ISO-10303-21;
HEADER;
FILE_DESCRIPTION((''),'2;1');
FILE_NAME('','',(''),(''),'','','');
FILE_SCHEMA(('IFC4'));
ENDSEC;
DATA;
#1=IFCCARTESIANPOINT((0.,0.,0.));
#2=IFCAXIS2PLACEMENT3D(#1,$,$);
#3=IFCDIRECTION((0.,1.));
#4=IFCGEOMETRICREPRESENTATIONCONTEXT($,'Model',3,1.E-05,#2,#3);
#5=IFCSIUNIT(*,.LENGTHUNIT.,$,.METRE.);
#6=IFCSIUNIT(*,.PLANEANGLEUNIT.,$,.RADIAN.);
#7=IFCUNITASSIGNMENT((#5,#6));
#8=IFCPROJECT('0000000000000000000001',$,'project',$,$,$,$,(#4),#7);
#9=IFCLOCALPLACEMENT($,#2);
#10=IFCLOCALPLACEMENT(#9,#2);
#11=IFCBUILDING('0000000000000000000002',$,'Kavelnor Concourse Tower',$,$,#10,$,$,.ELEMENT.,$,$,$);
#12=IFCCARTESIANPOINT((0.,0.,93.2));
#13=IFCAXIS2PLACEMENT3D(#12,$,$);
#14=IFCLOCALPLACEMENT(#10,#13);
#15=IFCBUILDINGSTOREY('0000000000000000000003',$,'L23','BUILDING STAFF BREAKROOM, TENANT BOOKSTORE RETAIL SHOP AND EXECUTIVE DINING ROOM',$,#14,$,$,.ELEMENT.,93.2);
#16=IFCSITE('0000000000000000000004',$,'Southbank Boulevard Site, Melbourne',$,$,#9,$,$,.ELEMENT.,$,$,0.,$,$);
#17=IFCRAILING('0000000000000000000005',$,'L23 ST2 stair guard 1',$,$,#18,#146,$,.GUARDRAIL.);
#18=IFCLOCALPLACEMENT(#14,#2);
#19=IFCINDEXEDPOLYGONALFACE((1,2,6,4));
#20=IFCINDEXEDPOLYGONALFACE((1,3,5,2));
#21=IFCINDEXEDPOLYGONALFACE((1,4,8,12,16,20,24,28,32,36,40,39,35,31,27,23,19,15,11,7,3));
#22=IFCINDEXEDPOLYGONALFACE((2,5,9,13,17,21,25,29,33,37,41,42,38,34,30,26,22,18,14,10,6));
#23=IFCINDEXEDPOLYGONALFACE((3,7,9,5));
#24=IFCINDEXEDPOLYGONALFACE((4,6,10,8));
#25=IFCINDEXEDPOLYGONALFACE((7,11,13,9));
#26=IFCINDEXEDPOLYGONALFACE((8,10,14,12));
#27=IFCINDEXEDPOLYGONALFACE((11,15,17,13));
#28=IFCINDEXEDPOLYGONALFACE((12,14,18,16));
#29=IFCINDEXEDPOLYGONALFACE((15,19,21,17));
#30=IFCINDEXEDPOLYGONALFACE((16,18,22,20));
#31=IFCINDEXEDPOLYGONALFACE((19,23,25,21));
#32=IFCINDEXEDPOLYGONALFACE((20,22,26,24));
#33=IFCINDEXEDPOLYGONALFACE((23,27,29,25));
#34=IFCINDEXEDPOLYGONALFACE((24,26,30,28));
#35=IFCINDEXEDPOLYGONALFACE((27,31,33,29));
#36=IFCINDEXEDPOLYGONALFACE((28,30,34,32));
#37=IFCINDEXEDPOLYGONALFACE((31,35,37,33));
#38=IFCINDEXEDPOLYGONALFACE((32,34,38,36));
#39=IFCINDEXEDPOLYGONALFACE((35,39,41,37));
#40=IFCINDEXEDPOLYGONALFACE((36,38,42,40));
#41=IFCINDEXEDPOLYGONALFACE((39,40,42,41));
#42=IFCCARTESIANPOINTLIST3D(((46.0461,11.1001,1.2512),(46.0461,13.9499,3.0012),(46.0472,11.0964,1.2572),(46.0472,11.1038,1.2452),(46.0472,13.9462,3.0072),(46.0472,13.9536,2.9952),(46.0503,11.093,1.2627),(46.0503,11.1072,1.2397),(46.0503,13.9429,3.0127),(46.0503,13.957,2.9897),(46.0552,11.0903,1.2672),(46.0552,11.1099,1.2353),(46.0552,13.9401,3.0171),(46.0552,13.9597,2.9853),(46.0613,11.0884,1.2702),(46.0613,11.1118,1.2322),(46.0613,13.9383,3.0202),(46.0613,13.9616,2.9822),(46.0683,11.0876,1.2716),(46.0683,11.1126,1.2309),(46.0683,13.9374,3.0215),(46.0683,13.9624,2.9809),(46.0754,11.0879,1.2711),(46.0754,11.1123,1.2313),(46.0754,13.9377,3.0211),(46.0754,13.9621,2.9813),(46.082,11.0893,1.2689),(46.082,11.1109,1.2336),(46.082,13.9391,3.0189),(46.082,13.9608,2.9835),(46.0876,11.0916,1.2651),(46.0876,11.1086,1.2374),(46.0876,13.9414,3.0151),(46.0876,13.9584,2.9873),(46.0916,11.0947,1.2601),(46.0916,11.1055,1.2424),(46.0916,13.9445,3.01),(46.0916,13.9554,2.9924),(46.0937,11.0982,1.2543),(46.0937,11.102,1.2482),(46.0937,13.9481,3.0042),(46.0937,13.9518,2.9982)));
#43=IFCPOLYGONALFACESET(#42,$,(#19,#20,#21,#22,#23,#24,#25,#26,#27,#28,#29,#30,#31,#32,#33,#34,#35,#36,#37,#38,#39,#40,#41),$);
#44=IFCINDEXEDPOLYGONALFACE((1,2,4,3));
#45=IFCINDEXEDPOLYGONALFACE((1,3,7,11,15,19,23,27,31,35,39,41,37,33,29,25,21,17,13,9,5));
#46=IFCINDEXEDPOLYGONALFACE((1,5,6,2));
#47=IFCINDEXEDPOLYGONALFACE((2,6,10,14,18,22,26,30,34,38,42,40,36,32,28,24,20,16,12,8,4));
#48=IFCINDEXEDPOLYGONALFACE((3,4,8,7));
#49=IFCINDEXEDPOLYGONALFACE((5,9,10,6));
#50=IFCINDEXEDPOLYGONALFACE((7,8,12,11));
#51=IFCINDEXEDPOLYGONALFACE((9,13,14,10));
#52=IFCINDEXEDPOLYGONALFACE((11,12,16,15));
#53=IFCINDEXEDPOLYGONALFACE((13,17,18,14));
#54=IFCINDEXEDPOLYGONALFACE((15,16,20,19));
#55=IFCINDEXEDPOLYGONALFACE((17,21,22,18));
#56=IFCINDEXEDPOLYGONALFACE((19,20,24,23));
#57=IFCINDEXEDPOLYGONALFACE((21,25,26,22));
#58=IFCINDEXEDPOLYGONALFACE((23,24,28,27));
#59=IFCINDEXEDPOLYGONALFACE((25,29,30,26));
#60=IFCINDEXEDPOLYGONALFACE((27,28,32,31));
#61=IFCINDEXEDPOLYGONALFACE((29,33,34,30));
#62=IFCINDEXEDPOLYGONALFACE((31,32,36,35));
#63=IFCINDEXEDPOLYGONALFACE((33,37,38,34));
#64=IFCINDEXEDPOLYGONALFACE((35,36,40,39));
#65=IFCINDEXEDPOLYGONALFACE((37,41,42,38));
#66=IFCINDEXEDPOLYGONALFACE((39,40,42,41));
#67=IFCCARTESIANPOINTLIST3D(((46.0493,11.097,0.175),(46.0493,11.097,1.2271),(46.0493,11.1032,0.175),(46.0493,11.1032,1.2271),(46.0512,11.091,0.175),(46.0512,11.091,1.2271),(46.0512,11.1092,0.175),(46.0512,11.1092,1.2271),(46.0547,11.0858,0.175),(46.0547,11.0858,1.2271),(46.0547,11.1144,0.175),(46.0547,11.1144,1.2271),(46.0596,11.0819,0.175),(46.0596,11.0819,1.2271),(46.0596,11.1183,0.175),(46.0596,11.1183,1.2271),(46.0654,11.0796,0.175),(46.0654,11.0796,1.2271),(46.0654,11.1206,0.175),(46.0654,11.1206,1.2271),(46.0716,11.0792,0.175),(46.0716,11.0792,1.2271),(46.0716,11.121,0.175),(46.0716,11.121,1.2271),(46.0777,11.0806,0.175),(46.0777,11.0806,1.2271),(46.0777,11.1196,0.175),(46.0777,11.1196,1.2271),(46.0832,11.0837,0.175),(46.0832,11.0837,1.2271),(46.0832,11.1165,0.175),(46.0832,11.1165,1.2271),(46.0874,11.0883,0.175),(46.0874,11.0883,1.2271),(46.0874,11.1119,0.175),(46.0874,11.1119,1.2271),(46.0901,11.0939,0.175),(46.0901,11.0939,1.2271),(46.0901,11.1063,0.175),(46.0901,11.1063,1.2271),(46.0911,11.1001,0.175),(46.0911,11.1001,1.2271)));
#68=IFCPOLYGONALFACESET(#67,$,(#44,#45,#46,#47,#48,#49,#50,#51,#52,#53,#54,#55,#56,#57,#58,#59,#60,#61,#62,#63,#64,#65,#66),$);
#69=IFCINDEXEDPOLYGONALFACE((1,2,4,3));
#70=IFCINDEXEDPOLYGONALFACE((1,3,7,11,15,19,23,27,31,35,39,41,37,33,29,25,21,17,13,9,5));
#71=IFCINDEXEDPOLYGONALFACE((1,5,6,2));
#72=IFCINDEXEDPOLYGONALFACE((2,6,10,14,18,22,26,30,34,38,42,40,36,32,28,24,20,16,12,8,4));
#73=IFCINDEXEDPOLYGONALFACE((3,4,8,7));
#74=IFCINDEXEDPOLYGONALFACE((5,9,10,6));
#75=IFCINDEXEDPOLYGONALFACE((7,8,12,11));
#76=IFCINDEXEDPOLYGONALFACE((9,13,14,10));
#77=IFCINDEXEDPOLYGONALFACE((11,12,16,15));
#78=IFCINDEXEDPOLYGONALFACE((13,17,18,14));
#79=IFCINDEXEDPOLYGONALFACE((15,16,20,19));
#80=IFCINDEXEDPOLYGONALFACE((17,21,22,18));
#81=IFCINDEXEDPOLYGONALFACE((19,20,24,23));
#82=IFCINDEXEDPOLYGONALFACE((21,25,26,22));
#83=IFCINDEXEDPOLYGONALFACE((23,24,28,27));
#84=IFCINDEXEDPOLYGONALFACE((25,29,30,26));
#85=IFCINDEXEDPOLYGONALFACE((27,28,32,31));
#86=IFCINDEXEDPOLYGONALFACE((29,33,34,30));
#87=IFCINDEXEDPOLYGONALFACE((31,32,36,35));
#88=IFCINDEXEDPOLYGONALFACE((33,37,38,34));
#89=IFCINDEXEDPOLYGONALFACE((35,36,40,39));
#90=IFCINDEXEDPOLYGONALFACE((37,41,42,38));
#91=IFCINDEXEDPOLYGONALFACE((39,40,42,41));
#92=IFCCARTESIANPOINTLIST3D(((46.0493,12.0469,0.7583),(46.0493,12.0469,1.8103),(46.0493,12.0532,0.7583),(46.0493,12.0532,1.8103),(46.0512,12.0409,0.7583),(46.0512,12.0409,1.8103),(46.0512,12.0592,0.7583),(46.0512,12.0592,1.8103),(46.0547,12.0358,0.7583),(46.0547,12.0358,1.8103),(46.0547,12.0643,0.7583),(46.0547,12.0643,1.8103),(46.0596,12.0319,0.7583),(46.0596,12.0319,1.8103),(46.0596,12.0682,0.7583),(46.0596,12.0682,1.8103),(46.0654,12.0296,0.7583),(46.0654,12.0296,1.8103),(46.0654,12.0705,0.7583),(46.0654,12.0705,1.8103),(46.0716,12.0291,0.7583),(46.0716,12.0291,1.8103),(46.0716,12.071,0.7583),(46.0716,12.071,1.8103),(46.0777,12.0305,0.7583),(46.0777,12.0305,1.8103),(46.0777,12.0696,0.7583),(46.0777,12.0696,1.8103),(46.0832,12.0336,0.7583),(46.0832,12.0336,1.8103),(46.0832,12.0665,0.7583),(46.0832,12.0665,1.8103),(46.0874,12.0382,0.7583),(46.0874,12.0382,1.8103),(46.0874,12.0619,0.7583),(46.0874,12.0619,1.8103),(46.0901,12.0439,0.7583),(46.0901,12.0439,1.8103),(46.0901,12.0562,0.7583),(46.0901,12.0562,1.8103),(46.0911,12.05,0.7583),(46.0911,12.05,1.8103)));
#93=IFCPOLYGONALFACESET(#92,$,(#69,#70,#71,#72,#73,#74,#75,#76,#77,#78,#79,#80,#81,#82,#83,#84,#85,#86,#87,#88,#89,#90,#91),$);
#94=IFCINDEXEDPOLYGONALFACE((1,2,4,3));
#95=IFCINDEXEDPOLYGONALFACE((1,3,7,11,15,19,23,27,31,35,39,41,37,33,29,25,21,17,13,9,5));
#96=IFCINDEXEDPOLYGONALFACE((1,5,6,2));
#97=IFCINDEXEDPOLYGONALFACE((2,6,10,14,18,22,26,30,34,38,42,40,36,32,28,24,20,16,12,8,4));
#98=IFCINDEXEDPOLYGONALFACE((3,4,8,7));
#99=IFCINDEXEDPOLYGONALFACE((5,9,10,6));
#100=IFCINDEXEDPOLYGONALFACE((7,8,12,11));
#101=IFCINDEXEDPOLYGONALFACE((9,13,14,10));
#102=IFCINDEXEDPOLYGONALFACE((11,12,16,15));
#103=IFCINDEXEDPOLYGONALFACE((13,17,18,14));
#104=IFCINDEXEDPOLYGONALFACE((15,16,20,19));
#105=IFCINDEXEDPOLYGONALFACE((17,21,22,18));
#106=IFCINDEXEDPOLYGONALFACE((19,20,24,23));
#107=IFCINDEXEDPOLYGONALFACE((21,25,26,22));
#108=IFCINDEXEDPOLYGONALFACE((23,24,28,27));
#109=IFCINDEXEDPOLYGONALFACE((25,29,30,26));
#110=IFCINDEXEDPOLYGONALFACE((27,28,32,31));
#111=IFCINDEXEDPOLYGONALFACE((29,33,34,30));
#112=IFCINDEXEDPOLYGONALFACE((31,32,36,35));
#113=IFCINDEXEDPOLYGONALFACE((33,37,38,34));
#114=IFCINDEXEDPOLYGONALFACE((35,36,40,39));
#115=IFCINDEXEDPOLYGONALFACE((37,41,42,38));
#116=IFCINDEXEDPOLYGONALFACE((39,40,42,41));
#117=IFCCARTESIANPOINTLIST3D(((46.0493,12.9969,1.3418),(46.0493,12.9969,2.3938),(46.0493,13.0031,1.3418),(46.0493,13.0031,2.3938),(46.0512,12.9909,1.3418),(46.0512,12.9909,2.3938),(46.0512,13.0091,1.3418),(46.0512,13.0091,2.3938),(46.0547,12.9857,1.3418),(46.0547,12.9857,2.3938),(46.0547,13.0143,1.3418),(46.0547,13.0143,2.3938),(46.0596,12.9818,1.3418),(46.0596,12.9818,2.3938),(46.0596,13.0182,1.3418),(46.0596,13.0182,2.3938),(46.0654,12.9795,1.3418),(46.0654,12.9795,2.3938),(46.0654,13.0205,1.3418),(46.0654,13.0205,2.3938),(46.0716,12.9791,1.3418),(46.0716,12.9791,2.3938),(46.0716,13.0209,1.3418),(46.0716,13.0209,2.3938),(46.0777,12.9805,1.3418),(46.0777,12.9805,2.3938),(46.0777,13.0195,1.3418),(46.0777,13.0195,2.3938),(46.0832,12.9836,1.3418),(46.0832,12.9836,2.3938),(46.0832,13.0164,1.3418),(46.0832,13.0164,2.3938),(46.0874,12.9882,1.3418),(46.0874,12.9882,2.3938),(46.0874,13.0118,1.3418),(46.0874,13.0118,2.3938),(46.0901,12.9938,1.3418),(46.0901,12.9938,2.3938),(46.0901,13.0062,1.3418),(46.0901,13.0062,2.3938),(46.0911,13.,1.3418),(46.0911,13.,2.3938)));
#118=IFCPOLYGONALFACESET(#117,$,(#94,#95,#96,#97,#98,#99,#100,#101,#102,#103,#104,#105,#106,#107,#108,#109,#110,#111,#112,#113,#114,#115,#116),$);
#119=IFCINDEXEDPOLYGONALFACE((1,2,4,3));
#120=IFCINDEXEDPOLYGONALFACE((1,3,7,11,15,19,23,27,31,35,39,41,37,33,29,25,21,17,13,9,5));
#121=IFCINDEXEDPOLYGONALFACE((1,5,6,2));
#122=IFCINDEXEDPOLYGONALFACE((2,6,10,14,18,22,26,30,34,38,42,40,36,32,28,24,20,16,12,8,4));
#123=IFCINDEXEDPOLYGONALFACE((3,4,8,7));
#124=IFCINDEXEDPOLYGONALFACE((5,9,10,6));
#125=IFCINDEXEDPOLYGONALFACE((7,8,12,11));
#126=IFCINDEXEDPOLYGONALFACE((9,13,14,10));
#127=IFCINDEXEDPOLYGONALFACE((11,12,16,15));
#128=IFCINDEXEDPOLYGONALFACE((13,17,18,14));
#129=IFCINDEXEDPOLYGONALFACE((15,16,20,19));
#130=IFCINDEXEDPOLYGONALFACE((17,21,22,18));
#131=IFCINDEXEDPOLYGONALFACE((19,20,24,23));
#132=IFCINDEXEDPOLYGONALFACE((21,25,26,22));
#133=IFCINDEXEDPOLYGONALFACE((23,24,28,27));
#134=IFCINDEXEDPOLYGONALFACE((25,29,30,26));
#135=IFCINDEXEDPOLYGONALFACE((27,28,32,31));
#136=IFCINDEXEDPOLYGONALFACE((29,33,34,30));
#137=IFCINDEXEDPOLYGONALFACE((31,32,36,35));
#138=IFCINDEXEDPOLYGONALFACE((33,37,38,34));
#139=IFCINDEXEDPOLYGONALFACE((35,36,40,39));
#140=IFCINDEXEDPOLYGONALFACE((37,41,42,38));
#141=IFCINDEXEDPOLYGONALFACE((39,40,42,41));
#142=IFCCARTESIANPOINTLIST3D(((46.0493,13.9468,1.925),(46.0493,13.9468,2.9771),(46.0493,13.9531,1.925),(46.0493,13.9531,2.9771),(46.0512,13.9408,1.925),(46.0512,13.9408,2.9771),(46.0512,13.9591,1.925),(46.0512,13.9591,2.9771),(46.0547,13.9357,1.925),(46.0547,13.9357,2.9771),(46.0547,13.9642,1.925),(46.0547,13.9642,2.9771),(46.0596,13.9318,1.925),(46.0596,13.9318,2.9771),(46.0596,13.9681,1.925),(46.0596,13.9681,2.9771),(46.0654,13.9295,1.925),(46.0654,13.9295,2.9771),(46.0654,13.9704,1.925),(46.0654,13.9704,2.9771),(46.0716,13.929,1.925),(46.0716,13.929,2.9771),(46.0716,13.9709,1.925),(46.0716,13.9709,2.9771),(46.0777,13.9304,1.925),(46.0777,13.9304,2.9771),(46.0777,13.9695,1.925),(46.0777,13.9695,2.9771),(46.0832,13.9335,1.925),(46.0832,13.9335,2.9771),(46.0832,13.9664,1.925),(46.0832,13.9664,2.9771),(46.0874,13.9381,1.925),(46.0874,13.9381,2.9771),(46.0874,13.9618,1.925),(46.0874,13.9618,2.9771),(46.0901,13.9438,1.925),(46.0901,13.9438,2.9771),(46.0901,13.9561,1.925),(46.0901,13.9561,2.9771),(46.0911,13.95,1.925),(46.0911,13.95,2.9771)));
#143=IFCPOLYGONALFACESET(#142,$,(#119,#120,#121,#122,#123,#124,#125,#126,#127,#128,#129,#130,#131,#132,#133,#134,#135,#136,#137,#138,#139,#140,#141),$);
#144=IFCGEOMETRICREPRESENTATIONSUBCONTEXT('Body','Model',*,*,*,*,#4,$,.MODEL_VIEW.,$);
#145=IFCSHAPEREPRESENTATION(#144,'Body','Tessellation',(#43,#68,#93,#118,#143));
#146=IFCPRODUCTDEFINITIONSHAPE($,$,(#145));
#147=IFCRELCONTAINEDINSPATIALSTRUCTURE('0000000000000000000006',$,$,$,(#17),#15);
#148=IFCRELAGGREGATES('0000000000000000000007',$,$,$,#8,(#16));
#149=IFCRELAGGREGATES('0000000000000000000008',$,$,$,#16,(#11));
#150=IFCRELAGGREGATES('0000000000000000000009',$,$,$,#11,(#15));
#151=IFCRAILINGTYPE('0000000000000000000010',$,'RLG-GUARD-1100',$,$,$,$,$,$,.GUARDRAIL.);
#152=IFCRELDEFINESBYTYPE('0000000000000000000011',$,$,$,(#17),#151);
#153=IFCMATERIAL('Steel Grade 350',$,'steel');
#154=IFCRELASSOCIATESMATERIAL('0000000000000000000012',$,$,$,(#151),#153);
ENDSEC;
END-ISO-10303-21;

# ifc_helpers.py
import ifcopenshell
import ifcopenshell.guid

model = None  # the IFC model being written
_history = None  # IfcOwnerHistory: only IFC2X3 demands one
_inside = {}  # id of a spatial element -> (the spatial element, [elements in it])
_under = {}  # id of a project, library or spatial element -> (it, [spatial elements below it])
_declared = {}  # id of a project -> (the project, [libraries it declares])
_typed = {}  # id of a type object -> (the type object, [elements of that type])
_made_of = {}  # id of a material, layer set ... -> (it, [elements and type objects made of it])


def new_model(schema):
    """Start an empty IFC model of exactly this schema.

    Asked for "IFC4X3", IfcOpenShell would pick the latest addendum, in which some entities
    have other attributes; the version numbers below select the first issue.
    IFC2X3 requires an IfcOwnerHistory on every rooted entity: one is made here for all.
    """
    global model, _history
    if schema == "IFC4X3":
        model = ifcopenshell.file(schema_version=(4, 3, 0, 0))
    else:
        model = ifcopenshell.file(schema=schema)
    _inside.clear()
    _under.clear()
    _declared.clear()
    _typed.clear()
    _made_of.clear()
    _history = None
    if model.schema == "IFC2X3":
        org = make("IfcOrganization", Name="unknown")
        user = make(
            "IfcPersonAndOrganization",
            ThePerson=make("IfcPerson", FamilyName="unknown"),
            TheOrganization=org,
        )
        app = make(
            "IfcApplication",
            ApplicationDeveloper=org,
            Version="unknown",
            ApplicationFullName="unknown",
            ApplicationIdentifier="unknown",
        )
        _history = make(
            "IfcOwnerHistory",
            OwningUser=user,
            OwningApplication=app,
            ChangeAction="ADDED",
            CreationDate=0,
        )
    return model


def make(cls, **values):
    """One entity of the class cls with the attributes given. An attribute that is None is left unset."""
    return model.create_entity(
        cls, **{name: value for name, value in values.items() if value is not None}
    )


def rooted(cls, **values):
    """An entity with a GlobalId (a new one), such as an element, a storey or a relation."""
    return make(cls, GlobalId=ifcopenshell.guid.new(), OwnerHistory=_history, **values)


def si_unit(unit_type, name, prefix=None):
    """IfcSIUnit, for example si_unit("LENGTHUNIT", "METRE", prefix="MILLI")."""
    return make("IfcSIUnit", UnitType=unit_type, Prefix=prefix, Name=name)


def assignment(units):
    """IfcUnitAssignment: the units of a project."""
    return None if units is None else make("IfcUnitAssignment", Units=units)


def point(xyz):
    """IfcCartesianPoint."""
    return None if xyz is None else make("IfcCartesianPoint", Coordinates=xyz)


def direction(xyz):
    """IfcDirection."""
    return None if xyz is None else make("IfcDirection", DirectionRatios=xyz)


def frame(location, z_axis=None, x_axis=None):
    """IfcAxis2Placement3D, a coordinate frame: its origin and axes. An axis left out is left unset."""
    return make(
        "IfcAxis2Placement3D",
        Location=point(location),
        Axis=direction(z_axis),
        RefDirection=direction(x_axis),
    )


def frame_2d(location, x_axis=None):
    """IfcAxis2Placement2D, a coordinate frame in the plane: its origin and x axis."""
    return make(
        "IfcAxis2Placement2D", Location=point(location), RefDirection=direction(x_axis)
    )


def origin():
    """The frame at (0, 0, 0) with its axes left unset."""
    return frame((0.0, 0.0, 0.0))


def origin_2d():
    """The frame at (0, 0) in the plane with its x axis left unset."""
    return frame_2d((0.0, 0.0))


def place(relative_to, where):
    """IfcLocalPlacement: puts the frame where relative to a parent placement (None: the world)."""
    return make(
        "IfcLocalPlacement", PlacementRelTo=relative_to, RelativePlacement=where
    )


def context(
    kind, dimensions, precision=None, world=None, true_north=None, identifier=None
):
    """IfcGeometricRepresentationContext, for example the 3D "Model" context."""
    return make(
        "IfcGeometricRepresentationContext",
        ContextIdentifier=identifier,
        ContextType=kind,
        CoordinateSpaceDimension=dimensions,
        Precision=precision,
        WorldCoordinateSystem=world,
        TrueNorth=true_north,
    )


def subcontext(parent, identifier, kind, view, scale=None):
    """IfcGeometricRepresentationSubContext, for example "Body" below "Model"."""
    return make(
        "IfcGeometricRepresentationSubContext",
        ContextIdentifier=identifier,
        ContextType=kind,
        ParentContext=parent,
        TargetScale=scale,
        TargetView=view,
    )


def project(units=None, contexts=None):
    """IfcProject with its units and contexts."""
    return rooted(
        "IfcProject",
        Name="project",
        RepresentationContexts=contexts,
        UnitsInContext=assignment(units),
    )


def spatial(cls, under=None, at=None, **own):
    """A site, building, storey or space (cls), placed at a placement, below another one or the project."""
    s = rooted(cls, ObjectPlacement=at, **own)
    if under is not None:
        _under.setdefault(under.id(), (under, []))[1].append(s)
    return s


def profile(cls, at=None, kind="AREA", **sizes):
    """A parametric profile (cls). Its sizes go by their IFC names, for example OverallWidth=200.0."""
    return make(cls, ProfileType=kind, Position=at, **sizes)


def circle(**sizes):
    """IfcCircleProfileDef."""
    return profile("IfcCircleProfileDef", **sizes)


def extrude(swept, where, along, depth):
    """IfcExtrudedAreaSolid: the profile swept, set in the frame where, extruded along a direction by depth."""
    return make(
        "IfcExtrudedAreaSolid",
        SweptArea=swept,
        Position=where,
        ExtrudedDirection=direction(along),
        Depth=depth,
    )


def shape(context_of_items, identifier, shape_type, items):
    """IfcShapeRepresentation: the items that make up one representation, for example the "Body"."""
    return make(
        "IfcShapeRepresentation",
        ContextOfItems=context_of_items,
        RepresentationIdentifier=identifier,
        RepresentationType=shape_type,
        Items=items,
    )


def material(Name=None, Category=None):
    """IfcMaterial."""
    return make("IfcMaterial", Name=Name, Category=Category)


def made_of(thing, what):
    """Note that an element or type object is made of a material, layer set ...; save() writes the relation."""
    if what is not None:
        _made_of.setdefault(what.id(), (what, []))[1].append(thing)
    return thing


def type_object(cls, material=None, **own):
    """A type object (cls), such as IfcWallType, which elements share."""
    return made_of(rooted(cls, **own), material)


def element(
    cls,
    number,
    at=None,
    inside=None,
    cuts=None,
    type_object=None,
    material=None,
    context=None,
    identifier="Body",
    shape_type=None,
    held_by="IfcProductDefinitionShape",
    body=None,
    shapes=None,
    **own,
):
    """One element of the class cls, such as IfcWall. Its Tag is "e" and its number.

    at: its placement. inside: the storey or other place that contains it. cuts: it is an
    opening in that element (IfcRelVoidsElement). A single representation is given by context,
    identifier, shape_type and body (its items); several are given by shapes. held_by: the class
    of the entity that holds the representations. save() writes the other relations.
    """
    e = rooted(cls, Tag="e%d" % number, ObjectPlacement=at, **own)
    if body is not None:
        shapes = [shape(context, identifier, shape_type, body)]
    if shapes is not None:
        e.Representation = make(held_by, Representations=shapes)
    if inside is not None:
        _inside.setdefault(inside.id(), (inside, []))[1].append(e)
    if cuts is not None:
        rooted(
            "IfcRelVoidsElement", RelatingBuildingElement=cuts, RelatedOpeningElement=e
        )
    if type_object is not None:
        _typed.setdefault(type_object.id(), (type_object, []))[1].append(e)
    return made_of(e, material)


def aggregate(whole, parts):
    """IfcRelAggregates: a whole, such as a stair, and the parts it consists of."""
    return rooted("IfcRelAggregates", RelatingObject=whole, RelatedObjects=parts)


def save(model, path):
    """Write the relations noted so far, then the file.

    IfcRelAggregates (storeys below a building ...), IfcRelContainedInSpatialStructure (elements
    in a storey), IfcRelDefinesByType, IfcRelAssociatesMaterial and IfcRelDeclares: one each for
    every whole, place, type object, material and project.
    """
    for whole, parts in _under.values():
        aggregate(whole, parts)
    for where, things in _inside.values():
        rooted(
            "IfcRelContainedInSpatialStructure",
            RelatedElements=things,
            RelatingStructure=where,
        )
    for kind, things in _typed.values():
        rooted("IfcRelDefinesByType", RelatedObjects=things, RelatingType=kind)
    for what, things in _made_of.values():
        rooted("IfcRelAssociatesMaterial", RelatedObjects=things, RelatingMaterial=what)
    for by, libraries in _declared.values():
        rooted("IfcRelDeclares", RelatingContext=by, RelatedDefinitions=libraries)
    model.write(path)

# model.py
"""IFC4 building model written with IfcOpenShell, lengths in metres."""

from ifc_helpers import new_model, si_unit, direction, frame, origin, origin_2d, place, context, subcontext, project, spatial, circle, extrude, material, type_object, element, save


model = new_model("IFC4")

# Units and contexts
model_context = context("Model", 3, precision=1e-05, world=origin(), true_north=direction((0.0, 1.0)))
body_context = subcontext(model_context, "Body", "Model", "MODEL_VIEW")
ifc_project = project(units=[si_unit("LENGTHUNIT", "METRE"), si_unit("PLANEANGLEUNIT", "RADIAN")], contexts=[model_context])

# Site, building, storey
site_placement = place(None, origin())
site = spatial("IfcSite", under=ifc_project, at=site_placement, Name="Southbank Boulevard Site, Melbourne", CompositionType="ELEMENT", RefElevation=0.0)
building_placement = place(site_placement, origin())
building = spatial("IfcBuilding", under=site, at=building_placement, Name="Kavelnor Concourse Tower", CompositionType="ELEMENT")
storey_placement = place(building_placement, frame((0.0, 0.0, 93.2)))
storey = spatial("IfcBuildingStorey", under=building, at=storey_placement, Name="L23", Description="BUILDING STAFF BREAKROOM, TENANT BOOKSTORE RETAIL SHOP AND EXECUTIVE DINING ROOM", CompositionType="ELEMENT", Elevation=93.2)

# Shared definitions
ifc_material_1 = material(Name="Steel Grade 350", Category="steel")

# Railing
railing_type_1 = type_object("IfcRailingType", Name="RLG-GUARD-1100", PredefinedType="GUARDRAIL", material=ifc_material_1)
railing_1_placement = place(storey_placement, frame((46.0701, 11.1001, 0.175)))
element("IfcRailing", 1, at=railing_1_placement, inside=storey, type_object=railing_type_1, Name="L23 ST2 stair guard 1", PredefinedType="GUARDRAIL", context=body_context, shape_type="SweptSolid", body=[
    extrude(circle(Radius=0.0239, at=origin_2d()), frame((0.0, 0.0, 1.0762), z_axis=(0.0, 0.852159, 0.523283), x_axis=(-1.0, 0.0, 0.0)), (0.0, 0.0, 1.0), 3.3442),
    extrude(circle(Radius=0.021, at=origin_2d()), origin(), (0.0, 0.0, 1.0), 1.052),
    extrude(circle(Radius=0.021, at=origin_2d()), frame((0.0, 0.95, 0.5833)), (0.0, 0.0, 1.0), 1.052),
    extrude(circle(Radius=0.021, at=origin_2d()), frame((0.0, 1.8999, 1.1667)), (0.0, 0.0, 1.0), 1.052),
    extrude(circle(Radius=0.021, at=origin_2d()), frame((0.0, 2.8499, 1.75)), (0.0, 0.0, 1.0), 1.052),
])

save(model, "model.ifc")
